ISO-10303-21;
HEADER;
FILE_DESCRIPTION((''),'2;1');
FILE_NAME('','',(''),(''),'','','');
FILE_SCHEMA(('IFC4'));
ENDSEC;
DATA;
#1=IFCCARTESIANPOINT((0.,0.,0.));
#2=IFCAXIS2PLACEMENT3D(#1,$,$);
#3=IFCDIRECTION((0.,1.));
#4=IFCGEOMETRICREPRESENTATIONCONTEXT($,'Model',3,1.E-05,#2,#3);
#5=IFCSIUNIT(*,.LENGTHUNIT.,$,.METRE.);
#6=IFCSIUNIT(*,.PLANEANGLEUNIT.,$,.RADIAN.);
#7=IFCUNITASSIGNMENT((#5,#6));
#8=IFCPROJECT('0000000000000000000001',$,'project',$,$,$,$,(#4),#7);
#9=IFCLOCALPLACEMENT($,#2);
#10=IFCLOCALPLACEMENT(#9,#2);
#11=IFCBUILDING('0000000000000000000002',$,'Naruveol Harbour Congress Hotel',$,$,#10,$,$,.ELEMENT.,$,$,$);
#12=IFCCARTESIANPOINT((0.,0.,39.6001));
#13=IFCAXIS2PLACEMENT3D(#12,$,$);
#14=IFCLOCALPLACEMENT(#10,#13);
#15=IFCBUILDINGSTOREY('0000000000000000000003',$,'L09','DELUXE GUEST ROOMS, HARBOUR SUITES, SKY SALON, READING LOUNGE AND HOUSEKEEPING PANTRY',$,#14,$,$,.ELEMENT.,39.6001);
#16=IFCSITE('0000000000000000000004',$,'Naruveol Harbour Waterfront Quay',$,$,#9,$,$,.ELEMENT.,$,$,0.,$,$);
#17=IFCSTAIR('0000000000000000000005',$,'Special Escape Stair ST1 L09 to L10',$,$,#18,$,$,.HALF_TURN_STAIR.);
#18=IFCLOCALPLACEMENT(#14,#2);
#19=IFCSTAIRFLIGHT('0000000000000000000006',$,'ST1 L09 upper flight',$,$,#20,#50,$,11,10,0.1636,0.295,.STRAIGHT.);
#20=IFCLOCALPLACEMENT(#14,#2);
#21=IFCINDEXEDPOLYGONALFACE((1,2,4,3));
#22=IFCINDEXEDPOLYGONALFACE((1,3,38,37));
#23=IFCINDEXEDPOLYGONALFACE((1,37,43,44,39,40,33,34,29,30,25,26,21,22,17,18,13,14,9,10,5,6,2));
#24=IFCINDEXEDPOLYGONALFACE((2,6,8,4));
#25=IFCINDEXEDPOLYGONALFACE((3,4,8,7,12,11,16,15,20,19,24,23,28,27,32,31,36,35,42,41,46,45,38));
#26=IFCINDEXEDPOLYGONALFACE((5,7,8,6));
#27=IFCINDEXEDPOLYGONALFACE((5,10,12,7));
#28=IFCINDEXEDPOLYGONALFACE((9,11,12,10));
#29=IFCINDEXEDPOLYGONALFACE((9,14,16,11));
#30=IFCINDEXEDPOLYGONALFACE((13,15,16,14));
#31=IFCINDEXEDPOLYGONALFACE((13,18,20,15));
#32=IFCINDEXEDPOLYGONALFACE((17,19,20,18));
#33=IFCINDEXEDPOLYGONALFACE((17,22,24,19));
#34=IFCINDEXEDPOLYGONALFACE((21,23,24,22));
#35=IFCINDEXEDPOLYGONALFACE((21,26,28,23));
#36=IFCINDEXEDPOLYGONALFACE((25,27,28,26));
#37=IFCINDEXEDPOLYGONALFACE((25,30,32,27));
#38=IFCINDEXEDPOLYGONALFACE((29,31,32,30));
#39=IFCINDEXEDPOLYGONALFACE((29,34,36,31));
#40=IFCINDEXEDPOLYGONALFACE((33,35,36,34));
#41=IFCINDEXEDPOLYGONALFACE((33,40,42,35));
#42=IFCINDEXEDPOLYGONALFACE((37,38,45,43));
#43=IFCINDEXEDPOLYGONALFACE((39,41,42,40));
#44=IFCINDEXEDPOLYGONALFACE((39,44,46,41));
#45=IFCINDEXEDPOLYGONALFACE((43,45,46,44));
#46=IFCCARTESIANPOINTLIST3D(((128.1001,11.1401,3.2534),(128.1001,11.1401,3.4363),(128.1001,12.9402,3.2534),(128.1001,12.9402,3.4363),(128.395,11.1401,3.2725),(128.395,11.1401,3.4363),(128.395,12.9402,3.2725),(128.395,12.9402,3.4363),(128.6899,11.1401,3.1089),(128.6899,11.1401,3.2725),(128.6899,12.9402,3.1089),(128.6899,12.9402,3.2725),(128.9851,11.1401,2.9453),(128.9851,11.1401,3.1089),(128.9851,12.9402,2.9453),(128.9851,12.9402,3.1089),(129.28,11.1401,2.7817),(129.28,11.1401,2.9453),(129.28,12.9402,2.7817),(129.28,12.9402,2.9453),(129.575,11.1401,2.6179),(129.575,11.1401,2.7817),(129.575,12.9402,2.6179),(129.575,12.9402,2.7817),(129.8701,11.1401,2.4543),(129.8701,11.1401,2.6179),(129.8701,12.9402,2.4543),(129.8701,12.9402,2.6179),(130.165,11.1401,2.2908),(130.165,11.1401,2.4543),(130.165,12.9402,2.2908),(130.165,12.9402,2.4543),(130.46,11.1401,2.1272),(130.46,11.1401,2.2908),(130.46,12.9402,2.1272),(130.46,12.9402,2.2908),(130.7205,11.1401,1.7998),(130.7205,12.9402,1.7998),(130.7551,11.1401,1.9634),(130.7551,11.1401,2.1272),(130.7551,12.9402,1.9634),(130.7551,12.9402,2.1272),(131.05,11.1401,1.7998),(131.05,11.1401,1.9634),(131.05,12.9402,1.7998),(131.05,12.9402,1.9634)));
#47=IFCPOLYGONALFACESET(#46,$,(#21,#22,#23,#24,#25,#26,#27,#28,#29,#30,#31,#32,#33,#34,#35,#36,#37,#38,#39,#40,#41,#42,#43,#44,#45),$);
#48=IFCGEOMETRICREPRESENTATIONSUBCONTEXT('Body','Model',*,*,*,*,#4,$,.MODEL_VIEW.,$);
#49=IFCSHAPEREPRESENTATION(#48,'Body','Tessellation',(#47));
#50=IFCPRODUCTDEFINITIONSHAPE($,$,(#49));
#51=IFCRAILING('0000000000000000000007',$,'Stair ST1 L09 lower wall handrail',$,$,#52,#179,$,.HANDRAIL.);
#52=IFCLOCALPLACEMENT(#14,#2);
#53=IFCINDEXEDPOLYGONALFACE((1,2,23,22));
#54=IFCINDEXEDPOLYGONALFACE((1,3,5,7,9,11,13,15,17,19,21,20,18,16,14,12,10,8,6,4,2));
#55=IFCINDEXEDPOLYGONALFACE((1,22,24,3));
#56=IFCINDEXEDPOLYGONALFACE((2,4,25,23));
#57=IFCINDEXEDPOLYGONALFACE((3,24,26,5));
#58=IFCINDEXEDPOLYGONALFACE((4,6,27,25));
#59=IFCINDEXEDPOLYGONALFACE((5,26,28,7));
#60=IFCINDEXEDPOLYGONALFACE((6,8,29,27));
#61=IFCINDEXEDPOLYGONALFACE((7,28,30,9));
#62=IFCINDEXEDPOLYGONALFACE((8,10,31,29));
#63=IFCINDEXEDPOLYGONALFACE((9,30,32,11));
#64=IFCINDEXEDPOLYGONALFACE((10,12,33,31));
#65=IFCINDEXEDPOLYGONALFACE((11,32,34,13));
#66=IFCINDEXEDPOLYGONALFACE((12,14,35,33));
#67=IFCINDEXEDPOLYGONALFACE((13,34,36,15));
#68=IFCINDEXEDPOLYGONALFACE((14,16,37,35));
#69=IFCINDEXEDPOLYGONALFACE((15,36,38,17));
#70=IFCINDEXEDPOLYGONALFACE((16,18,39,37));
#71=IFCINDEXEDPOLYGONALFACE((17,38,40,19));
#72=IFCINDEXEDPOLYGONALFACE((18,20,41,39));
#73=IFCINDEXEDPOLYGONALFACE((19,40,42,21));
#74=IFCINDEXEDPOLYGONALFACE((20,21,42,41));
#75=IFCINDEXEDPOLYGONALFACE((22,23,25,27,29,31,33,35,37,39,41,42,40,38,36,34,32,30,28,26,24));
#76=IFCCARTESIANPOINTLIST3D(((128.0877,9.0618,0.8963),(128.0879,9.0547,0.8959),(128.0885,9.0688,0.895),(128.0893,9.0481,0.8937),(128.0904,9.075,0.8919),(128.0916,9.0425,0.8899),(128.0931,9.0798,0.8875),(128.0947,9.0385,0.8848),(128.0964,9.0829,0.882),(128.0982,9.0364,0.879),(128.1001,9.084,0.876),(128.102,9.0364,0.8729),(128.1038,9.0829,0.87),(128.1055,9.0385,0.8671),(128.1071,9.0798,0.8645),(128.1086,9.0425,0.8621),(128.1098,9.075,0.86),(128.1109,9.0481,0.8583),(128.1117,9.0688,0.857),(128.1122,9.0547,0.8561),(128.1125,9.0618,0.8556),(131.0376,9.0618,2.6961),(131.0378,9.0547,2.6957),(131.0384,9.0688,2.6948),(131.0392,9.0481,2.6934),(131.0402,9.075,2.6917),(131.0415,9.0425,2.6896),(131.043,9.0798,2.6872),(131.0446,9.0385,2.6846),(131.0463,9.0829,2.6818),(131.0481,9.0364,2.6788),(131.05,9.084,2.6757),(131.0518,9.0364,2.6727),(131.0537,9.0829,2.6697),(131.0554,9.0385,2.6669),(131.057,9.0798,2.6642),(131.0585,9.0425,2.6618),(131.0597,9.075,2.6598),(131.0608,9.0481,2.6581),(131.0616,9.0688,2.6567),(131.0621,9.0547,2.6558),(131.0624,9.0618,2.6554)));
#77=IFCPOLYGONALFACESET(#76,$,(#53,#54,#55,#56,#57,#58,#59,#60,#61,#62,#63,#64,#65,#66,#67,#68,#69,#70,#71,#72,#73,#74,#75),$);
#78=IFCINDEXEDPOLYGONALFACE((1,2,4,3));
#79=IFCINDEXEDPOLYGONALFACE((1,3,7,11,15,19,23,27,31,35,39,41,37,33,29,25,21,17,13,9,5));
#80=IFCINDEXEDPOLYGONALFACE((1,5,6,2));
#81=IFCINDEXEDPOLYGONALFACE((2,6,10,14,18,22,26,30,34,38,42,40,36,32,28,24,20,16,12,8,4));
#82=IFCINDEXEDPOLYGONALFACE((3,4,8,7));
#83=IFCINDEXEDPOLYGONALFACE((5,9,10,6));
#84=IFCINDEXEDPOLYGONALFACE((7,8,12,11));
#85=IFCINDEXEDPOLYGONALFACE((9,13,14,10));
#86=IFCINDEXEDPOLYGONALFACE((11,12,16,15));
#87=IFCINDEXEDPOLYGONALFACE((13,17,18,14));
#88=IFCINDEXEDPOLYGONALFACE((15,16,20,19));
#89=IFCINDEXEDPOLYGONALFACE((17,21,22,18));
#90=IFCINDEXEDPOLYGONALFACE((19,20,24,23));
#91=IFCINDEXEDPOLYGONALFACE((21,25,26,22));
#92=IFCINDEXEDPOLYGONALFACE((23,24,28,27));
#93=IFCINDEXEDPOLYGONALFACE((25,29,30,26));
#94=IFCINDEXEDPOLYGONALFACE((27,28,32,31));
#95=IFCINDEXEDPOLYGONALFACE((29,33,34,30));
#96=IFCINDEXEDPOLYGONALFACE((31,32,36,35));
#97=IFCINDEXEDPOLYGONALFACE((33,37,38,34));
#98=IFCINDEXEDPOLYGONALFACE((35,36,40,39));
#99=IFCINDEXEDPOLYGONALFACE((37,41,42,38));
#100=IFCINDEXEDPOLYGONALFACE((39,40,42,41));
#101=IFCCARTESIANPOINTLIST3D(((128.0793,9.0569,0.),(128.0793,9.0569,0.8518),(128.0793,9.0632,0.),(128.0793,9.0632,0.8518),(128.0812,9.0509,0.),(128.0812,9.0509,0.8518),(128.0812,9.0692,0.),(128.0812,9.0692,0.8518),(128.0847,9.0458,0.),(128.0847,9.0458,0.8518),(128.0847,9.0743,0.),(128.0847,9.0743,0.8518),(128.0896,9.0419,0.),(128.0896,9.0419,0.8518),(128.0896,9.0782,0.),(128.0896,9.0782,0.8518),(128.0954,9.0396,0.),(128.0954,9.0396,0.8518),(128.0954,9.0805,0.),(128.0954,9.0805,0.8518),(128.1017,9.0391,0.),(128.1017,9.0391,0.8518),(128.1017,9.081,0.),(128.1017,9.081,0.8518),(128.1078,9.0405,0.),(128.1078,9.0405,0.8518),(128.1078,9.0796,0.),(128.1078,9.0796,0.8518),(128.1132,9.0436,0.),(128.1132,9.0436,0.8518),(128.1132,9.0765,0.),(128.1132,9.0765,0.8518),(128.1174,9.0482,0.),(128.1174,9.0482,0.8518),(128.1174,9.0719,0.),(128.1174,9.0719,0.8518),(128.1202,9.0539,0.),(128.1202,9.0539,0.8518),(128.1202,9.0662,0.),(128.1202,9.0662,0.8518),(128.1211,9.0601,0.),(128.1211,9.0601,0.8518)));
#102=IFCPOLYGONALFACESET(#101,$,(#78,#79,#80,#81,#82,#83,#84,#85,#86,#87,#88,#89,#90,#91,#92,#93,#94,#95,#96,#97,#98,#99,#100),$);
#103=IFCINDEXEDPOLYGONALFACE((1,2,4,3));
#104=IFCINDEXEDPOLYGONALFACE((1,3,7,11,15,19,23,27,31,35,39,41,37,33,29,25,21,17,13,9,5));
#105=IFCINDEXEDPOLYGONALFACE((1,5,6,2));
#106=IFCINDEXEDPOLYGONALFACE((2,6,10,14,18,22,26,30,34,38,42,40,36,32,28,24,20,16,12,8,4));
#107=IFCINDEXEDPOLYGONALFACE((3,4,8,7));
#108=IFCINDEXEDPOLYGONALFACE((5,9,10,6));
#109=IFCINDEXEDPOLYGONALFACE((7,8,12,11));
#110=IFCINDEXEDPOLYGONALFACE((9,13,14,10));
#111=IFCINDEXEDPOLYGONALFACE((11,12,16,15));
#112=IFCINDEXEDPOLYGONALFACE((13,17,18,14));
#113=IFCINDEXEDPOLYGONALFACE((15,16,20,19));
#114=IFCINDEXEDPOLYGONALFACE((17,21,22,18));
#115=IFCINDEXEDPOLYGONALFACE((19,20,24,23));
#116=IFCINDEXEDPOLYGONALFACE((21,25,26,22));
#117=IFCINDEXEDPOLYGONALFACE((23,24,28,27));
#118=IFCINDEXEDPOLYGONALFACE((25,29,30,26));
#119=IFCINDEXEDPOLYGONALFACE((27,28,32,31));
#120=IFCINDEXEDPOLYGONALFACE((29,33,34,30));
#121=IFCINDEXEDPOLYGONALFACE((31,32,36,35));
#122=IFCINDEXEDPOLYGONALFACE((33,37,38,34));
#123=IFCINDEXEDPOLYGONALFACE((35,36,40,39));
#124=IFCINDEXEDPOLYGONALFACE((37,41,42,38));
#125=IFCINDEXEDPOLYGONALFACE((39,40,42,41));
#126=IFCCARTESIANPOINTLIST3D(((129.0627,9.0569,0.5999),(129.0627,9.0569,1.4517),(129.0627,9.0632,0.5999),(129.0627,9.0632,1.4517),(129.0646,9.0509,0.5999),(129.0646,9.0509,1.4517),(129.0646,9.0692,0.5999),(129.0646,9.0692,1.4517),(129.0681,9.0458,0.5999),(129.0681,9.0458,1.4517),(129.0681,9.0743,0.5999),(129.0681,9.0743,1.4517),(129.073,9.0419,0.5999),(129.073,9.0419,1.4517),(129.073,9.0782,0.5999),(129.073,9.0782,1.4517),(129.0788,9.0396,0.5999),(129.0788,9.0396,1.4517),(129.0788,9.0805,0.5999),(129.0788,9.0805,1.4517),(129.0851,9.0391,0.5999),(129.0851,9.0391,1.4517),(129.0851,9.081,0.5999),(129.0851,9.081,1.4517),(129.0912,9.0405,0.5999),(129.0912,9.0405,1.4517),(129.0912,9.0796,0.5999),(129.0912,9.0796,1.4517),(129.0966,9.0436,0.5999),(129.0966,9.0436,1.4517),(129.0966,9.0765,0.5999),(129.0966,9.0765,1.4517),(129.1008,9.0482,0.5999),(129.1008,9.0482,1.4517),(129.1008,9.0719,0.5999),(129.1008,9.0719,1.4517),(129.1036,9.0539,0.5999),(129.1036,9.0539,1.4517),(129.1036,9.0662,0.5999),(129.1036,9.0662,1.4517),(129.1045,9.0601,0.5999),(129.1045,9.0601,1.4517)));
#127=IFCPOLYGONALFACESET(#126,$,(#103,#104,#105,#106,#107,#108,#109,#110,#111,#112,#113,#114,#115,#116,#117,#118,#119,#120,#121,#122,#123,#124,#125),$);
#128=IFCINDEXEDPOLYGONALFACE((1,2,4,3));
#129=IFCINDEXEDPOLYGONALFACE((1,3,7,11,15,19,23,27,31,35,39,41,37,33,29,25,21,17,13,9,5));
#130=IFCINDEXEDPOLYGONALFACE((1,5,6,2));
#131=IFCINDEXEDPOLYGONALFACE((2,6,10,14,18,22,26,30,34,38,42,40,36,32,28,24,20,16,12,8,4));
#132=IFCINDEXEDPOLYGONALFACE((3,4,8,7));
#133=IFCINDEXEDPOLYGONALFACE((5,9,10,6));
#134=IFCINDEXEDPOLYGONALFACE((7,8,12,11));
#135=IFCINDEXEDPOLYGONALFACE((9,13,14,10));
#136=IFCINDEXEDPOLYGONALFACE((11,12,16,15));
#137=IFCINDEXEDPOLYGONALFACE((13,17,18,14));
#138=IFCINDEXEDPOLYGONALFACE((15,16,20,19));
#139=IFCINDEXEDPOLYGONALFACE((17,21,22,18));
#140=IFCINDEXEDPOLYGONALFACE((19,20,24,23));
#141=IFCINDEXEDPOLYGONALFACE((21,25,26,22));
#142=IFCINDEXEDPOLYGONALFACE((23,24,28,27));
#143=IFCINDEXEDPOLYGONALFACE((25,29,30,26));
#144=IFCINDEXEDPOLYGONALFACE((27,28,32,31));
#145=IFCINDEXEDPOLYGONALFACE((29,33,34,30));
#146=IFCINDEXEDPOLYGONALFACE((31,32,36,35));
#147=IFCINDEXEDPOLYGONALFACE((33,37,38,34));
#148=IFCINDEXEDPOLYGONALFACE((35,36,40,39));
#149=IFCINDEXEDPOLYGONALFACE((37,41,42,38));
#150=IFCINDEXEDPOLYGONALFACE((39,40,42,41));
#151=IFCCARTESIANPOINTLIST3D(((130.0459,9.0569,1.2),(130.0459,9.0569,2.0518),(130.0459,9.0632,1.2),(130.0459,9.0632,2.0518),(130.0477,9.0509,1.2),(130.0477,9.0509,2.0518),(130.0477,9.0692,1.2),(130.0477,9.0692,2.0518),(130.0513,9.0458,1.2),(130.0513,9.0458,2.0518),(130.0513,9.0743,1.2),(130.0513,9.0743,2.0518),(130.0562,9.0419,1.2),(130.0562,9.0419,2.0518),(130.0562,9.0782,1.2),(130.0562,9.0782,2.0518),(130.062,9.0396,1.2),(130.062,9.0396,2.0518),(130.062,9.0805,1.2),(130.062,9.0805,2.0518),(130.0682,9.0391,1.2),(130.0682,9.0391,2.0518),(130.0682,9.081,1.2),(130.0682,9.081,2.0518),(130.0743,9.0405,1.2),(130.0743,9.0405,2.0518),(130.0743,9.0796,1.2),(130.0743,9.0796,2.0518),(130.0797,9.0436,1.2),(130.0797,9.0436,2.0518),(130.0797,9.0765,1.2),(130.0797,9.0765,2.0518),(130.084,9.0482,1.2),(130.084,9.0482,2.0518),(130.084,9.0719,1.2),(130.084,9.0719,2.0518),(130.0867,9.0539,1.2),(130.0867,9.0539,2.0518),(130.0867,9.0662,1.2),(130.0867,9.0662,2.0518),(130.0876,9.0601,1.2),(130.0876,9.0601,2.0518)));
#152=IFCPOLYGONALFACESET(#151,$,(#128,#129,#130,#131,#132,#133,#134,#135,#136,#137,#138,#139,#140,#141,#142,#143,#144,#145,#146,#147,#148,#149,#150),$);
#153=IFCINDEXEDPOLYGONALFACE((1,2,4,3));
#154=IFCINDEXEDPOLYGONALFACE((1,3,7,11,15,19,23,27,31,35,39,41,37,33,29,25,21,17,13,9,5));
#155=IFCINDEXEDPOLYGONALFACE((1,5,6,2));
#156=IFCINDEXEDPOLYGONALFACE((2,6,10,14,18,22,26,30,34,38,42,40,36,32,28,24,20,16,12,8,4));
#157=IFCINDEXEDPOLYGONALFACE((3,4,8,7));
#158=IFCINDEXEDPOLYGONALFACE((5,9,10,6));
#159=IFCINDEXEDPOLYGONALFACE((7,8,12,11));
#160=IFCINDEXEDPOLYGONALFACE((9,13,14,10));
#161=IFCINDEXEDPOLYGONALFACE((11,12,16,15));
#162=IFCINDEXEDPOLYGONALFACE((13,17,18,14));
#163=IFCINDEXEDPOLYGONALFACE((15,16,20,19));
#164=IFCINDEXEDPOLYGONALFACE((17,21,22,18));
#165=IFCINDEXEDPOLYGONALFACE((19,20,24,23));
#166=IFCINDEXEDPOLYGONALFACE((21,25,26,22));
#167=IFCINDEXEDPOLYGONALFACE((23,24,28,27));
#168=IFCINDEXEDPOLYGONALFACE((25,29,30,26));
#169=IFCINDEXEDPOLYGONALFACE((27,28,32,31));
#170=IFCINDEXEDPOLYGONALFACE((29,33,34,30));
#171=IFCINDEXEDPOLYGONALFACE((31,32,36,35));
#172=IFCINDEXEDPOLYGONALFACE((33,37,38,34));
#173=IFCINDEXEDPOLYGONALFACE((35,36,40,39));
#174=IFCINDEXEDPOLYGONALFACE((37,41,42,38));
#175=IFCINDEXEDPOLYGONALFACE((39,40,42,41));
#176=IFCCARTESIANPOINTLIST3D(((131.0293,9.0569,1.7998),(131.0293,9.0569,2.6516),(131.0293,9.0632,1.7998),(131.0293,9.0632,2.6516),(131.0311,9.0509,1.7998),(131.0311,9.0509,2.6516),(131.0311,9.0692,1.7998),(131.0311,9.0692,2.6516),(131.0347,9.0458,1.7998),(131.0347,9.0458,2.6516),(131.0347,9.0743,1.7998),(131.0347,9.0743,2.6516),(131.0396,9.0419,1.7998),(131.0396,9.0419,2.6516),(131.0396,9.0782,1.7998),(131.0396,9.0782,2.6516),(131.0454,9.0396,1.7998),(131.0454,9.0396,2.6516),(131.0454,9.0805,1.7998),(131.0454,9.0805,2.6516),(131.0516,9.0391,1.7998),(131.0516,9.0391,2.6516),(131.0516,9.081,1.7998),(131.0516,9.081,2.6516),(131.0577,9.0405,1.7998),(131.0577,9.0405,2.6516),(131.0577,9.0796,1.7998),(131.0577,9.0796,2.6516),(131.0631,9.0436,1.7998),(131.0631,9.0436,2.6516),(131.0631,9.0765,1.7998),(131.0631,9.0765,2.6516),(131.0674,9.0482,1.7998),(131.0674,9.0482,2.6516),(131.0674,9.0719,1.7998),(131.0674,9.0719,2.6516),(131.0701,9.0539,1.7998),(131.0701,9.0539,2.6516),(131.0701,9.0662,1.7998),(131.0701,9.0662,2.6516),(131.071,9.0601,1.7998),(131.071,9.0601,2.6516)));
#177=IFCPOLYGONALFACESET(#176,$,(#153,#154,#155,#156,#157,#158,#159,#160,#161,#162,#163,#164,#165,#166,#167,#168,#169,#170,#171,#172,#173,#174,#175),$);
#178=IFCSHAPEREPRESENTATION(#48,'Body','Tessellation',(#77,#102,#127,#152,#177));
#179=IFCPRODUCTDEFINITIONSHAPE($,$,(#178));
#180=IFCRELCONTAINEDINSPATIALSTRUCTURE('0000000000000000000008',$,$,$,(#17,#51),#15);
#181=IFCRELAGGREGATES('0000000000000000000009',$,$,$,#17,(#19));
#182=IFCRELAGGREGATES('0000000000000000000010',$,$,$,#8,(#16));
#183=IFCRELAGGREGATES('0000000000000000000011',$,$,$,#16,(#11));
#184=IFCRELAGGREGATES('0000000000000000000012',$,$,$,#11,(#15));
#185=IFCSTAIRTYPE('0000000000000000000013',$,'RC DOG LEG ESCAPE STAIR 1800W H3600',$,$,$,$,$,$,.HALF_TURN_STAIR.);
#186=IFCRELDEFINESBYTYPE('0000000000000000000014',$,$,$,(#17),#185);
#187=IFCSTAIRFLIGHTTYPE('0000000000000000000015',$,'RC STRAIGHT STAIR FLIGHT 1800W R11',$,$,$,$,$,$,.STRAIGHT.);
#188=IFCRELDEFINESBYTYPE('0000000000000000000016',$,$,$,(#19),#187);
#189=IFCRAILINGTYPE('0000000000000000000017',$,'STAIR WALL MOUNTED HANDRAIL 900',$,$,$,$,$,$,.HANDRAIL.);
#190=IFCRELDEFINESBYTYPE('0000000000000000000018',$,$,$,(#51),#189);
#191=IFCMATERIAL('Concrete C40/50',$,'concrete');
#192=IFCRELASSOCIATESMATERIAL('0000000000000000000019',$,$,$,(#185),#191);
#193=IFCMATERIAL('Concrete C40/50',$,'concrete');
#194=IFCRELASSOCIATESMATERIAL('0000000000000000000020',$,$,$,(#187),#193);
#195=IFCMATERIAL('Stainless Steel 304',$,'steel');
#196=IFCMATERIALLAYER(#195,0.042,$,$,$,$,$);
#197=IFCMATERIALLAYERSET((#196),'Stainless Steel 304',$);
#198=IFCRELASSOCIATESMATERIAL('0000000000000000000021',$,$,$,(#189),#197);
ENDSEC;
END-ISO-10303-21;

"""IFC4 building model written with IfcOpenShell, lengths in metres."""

from ifc_helpers import new_model, si_unit, direction, frame, origin, origin_2d, place, context, subcontext, project, spatial, polyline, circle, outline, extrude, material, layer, layer_set, type_object, element, aggregate, save


model = new_model("IFC4")

# Units and contexts
model_context = context("Model", 3, precision=1e-05, world=origin(), true_north=direction((0.0, 1.0)))
body_context = subcontext(model_context, "Body", "Model", "MODEL_VIEW")
ifc_project = project(units=[si_unit("LENGTHUNIT", "METRE"), si_unit("PLANEANGLEUNIT", "RADIAN")], contexts=[model_context])

# Site, building, storey
site_placement = place(None, origin())
site = spatial("IfcSite", under=ifc_project, at=site_placement, Name="Naruveol Harbour Waterfront Quay", CompositionType="ELEMENT", RefElevation=0.0)
building_placement = place(site_placement, origin())
building = spatial("IfcBuilding", under=site, at=building_placement, Name="Naruveol Harbour Congress Hotel", CompositionType="ELEMENT")
storey_placement = place(building_placement, frame((0.0, 0.0, 39.6001)))
storey = spatial("IfcBuildingStorey", under=building, at=storey_placement, Name="L09", Description="DELUXE GUEST ROOMS, HARBOUR SUITES, SKY SALON, READING LOUNGE AND HOUSEKEEPING PANTRY", CompositionType="ELEMENT", Elevation=39.6001)

# Stair, stair flight
ifc_material_1 = material(Name="Concrete C40/50", Category="concrete")
stair_type = type_object("IfcStairType", Name="RC DOG LEG ESCAPE STAIR 1800W H3600", PredefinedType="HALF_TURN_STAIR", material=ifc_material_1)
stair_placement = place(storey_placement, origin())
stair = element("IfcStair", 1, at=stair_placement, inside=storey, type_object=stair_type, Name="Special Escape Stair ST1 L09 to L10", PredefinedType="HALF_TURN_STAIR")
ifc_material_2 = material(Name="Concrete C40/50", Category="concrete")
stair_flight_type = type_object("IfcStairFlightType", Name="RC STRAIGHT STAIR FLIGHT 1800W R11", PredefinedType="STRAIGHT", material=ifc_material_2)
stair_flight_1_placement = place(storey_placement, frame((131.05, 12.04, 1.7998), z_axis=(0.0, 0.0, 1.0), x_axis=(-1.0, 0.0, 0.0)))
stair_flight_1 = element("IfcStairFlight", 2, at=stair_flight_1_placement, type_object=stair_flight_type, Name="ST1 L09 upper flight", NumberOfRisers=11, NumberOfTreads=10, PredefinedType="STRAIGHT", RiserHeight=0.1636, TreadLength=0.295, context=body_context, shape_type="SweptSolid", body=[
    extrude(outline(polyline([(0.0, 0.0), (0.0, 0.1636), (0.2949, 0.1636), (0.2949, 0.3274), (0.5901, 0.3274), (0.5901, 0.491), (0.885, 0.491), (0.885, 0.6545), (1.1799, 0.6545), (1.1799, 0.8181), (1.4751, 0.8181), (1.4751, 0.9819), (1.77, 0.9819), (1.77, 1.1455), (2.0649, 1.1455), (2.0649, 1.3091), (2.3601, 1.3091), (2.3601, 1.4727), (2.655, 1.4727), (2.655, 1.6365), (2.95, 1.6365), (2.95, 1.8), (2.95, 1.4536), (0.3296, 0.0), (0.0, 0.0)])), frame((0.0, 0.8999, 0.0), z_axis=(0.0, -1.0, 0.0), x_axis=(1.0, 0.0, 0.0)), (0.0, 0.0, 1.0), 1.8),
])
aggregate(stair, [stair_flight_1])

# Railing
ifc_material_3 = material(Name="Stainless Steel 304", Category="steel")
ifc_layer_1 = layer(ifc_material_3, 0.042)
ifc_layer_set_1 = layer_set([ifc_layer_1], Name="Stainless Steel 304")
railing_type_1 = type_object("IfcRailingType", Name="STAIR WALL MOUNTED HANDRAIL 900", PredefinedType="HANDRAIL", material=ifc_layer_set_1)
railing_1_placement = place(storey_placement, frame((128.1001, 9.0601, 0.0)))
element("IfcRailing", 3, at=railing_1_placement, inside=storey, type_object=railing_type_1, Name="Stair ST1 L09 lower wall handrail", PredefinedType="HANDRAIL", context=body_context, shape_type="SweptSolid", body=[
    extrude(circle(Radius=0.0239, at=origin_2d()), frame((0.0, 0.0, 0.876), z_axis=(0.853661, 0.0, 0.52083), x_axis=(0.0, 1.0, 0.0)), (0.0, 0.0, 1.0), 3.4556),
    extrude(circle(Radius=0.021, at=origin_2d()), origin(), (0.0, 0.0, 1.0), 0.8518),
    extrude(circle(Radius=0.021, at=origin_2d()), frame((0.9834, 0.0, 0.5999)), (0.0, 0.0, 1.0), 0.8518),
    extrude(circle(Radius=0.021, at=origin_2d()), frame((1.9666, 0.0, 1.2)), (0.0, 0.0, 1.0), 0.8518),
    extrude(circle(Radius=0.021, at=origin_2d()), frame((2.95, 0.0, 1.7998)), (0.0, 0.0, 1.0), 0.8518),
])

save(model, "model.ifc")
